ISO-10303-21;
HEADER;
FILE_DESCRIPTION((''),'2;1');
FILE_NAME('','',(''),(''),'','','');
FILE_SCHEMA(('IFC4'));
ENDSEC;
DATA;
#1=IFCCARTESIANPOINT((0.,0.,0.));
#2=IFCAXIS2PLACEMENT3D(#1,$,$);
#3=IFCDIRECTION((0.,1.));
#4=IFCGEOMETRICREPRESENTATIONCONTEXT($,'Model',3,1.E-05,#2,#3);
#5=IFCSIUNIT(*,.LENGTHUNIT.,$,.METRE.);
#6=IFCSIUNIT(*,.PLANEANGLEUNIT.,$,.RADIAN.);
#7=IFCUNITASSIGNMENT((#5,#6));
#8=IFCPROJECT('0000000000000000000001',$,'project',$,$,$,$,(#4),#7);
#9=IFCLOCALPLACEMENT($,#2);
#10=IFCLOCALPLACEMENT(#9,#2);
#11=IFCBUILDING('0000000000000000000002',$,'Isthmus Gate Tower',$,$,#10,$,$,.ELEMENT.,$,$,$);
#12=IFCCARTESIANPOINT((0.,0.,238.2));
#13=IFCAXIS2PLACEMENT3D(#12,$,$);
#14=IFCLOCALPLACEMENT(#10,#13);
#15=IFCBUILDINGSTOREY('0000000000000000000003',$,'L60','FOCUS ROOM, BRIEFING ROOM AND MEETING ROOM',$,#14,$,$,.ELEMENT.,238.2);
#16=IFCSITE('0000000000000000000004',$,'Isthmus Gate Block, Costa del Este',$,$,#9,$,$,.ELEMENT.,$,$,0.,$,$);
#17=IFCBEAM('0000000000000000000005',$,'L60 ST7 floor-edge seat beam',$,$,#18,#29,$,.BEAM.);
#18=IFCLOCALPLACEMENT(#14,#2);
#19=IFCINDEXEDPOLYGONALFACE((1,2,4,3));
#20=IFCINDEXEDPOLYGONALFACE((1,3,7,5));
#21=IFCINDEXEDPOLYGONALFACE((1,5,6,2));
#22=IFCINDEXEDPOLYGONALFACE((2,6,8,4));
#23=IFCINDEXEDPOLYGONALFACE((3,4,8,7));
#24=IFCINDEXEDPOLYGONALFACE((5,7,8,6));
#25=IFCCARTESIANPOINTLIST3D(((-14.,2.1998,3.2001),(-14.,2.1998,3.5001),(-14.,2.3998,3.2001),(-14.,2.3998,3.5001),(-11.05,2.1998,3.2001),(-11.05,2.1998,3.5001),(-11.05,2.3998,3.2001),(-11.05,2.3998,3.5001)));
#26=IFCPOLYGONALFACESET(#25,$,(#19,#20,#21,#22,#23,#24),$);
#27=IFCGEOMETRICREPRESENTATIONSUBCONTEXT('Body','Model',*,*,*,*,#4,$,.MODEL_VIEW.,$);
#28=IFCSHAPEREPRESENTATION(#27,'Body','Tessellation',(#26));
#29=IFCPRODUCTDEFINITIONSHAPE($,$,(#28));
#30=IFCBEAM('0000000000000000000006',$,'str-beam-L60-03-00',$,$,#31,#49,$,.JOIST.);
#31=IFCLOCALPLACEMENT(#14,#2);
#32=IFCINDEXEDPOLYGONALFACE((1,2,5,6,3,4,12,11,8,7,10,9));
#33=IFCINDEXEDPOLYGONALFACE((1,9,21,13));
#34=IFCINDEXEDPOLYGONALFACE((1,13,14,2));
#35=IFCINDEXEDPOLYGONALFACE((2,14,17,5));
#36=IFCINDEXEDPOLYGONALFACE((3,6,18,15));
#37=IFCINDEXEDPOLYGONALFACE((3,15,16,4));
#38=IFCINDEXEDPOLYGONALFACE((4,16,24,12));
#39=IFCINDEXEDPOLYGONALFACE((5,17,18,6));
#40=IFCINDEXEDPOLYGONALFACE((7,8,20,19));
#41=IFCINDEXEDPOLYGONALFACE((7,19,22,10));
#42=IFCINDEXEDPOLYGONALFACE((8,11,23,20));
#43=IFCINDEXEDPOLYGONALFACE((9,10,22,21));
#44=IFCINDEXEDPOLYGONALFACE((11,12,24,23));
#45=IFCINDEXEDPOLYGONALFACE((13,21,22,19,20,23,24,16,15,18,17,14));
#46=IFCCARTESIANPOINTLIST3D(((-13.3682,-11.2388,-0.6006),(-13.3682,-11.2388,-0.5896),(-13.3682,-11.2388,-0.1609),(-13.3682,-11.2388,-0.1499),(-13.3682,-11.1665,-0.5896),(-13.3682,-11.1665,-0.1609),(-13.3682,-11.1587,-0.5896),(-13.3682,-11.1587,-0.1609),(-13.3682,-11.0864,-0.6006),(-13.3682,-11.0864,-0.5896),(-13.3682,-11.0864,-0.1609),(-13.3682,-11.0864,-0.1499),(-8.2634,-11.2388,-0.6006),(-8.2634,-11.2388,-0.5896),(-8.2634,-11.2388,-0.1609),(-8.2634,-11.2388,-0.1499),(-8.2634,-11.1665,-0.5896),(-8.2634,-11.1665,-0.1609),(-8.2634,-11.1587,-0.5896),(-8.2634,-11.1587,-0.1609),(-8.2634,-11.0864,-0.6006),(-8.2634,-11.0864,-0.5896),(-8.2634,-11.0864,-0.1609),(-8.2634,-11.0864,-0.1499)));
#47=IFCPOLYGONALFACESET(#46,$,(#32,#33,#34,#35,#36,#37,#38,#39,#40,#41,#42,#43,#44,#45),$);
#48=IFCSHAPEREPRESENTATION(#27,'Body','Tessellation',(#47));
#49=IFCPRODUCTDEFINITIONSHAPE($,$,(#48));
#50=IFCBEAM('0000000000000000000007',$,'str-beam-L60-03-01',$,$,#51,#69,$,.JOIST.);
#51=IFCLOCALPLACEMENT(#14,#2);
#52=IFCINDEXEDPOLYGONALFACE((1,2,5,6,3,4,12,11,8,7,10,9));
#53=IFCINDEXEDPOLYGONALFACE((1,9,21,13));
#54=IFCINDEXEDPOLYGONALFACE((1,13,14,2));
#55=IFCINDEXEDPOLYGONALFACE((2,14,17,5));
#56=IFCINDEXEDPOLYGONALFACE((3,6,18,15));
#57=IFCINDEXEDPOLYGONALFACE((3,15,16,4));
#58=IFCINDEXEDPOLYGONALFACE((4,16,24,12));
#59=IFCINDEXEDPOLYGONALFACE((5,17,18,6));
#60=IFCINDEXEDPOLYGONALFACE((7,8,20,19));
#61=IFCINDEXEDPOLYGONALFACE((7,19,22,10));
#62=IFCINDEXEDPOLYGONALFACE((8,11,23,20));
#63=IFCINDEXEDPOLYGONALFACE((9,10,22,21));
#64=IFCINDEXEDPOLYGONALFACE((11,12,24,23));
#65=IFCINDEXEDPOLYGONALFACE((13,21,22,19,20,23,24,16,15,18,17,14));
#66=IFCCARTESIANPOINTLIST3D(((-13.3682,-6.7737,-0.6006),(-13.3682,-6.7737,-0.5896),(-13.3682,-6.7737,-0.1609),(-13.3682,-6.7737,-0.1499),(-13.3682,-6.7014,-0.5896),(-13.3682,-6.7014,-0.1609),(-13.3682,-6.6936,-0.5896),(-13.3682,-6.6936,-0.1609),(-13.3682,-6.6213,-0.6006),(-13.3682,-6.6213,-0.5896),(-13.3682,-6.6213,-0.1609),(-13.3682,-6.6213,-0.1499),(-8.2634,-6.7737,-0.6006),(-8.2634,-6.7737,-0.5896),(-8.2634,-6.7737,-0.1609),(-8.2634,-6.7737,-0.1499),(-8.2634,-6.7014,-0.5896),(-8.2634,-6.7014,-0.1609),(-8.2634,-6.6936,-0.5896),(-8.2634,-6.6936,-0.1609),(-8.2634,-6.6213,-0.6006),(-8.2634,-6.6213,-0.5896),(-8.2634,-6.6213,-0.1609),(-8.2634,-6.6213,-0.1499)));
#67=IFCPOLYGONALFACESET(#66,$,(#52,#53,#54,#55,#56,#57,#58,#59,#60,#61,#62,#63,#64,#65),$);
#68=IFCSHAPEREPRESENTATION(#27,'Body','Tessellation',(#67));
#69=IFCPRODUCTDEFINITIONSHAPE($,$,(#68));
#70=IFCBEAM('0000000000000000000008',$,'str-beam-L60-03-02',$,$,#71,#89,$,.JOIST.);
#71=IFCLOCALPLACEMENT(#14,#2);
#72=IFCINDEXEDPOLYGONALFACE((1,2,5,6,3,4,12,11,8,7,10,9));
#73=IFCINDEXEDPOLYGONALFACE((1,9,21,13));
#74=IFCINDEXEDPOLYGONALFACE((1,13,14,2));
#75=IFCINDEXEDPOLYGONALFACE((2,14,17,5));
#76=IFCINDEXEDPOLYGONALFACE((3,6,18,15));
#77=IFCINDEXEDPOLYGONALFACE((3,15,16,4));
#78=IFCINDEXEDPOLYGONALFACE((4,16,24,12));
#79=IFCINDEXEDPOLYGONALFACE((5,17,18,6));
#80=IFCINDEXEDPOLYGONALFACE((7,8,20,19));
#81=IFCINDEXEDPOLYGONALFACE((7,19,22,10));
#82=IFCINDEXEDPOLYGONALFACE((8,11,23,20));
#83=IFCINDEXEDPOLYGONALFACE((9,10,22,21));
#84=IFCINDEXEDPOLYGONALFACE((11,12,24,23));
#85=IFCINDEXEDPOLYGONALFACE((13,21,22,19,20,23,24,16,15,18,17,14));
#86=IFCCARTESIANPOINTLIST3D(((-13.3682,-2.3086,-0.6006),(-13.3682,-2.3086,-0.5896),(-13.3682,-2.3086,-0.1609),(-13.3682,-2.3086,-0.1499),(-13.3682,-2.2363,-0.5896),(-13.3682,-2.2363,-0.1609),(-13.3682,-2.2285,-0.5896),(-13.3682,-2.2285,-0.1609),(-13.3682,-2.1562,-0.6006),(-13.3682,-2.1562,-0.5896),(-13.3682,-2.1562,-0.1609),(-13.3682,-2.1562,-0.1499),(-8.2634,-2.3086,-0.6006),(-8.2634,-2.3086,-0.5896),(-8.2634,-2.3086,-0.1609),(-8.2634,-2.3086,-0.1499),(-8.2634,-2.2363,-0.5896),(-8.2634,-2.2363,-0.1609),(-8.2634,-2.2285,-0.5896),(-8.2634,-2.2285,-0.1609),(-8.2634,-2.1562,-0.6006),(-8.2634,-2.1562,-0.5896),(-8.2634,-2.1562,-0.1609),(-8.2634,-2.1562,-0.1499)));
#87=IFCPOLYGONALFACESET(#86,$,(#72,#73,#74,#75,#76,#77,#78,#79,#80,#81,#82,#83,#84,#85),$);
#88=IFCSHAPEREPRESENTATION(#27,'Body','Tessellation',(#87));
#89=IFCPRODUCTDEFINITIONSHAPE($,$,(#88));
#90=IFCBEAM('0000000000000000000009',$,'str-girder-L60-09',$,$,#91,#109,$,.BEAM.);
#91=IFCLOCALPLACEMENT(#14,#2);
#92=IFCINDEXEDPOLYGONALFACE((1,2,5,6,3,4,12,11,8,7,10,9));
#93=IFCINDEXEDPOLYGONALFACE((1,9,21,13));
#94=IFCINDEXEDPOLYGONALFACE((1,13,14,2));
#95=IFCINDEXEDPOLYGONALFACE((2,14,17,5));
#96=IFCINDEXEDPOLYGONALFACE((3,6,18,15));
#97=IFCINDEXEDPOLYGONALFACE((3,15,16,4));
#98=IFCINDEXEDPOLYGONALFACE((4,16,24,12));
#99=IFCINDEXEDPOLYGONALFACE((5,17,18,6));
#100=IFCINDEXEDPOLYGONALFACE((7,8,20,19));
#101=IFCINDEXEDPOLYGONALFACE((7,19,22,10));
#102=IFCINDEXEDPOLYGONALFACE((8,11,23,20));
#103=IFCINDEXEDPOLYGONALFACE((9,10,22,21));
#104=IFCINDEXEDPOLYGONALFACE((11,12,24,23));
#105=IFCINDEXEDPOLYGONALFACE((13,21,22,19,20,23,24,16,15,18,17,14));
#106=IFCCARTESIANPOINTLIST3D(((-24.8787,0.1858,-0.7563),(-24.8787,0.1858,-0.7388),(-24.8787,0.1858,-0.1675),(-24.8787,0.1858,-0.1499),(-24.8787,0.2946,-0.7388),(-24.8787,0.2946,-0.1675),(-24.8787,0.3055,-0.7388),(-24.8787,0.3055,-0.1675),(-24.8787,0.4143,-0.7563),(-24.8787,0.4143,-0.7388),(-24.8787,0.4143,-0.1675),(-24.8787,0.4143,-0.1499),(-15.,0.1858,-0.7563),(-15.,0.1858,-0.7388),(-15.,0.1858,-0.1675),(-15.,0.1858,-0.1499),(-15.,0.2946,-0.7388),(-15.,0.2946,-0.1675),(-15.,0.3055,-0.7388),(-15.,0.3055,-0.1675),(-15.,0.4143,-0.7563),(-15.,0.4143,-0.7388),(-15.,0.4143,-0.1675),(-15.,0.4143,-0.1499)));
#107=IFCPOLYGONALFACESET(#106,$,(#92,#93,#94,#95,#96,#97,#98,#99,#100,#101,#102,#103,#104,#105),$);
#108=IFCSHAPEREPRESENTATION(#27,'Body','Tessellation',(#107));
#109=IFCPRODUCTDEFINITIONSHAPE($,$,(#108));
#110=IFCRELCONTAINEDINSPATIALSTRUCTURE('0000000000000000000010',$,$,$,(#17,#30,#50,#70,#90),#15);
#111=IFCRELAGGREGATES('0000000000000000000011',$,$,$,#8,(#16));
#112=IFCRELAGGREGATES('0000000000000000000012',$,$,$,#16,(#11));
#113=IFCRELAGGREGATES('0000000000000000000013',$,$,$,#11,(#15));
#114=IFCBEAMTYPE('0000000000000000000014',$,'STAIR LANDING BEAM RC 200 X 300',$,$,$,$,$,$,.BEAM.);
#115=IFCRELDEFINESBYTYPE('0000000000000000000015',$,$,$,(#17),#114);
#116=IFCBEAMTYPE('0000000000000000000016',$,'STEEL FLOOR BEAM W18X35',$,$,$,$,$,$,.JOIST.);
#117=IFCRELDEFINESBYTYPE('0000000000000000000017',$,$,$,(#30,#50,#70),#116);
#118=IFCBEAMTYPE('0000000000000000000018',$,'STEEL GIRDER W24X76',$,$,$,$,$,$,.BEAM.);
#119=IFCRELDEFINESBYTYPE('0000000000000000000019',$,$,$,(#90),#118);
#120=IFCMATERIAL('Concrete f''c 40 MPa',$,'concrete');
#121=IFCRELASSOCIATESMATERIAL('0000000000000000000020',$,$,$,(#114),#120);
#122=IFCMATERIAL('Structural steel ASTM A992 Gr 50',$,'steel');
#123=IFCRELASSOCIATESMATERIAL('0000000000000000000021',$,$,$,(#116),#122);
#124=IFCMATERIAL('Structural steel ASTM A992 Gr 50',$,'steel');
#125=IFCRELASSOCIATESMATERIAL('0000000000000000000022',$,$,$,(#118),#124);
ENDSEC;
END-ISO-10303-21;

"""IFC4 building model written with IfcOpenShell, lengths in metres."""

from ifc_helpers import new_model, si_unit, direction, frame, origin, origin_2d, place, context, subcontext, project, spatial, rectangle, i_section, extrude, material, material_profile, profile_set, type_object, element, save


model = new_model("IFC4")

# Units and contexts
model_context = context("Model", 3, precision=1e-05, world=origin(), true_north=direction((0.0, 1.0)))
body_context = subcontext(model_context, "Body", "Model", "MODEL_VIEW")
ifc_project = project(units=[si_unit("LENGTHUNIT", "METRE"), si_unit("PLANEANGLEUNIT", "RADIAN")], contexts=[model_context])

# Site, building, storey
site_placement = place(None, origin())
site = spatial("IfcSite", under=ifc_project, at=site_placement, Name="Isthmus Gate Block, Costa del Este", CompositionType="ELEMENT", RefElevation=0.0)
building_placement = place(site_placement, origin())
building = spatial("IfcBuilding", under=site, at=building_placement, Name="Isthmus Gate Tower", CompositionType="ELEMENT")
storey_placement = place(building_placement, frame((0.0, 0.0, 238.2)))
storey = spatial("IfcBuildingStorey", under=building, at=storey_placement, Name="L60", Description="FOCUS ROOM, BRIEFING ROOM AND MEETING ROOM", CompositionType="ELEMENT", Elevation=238.2)

# Beams
ifc_material_1 = material(Name="Concrete f'c 40 MPa", Category="concrete")
ifc_material_profile_1 = material_profile(ifc_material_1, rectangle(XDim=0.2, YDim=0.3, at=origin_2d()), Name="STAIR LANDING BEAM RC 200 X 300")
ifc_profile_set_1 = profile_set([ifc_material_profile_1], Name="Concrete f'c 40 MPa")
beam_type_1 = type_object("IfcBeamType", Name="STAIR LANDING BEAM RC 200 X 300", PredefinedType="BEAM", material=ifc_profile_set_1)
beam_1_placement = place(storey_placement, frame((-14.0, 2.2998, 3.3501), z_axis=(1.0, 0.0, 0.0), x_axis=(0.0, 1.0, 0.0)))
element("IfcBeam", 1, at=beam_1_placement, inside=storey, type_object=beam_type_1, Name="L60 ST7 floor-edge seat beam", PredefinedType="BEAM", context=body_context, shape_type="SweptSolid", body=[
    extrude(rectangle(XDim=0.2, YDim=0.3, at=origin_2d()), origin(), (0.0, 0.0, 1.0), 2.95),
])
ifc_material_2 = material(Name="Structural steel ASTM A992 Gr 50", Category="steel")
ifc_material_profile_2 = material_profile(ifc_material_2, i_section(OverallWidth=0.1523, OverallDepth=0.4507, WebThickness=0.0078, FlangeThickness=0.011, at=origin_2d()), Name="W18X35")
ifc_profile_set_2 = profile_set([ifc_material_profile_2], Name="Structural steel ASTM A992 Gr 50")
beam_type_2 = type_object("IfcBeamType", Name="STEEL FLOOR BEAM W18X35", PredefinedType="JOIST", material=ifc_profile_set_2)
for number, where, z_axis, x_axis, name in (
    (2, (-13.3682, -11.1626, -0.3752), (1.0, 0.0, 0.0), (0.0, 1.0, 0.0), "str-beam-L60-03-00"),
    (3, (-13.3682, -6.6975, -0.3752), (1.0, 0.0, 0.0), (0.0, 1.0, 0.0), "str-beam-L60-03-01"),
    (4, (-13.3682, -2.2324, -0.3752), (1.0, 0.0, 0.0), (0.0, 1.0, 0.0), "str-beam-L60-03-02"),
):
    element("IfcBeam", number, at=place(storey_placement, frame(where, z_axis=z_axis, x_axis=x_axis)), inside=storey, type_object=beam_type_2, Name=name, PredefinedType="JOIST", context=body_context, shape_type="SweptSolid", body=[
        extrude(i_section(OverallWidth=0.1523, OverallDepth=0.4507, WebThickness=0.0078, FlangeThickness=0.011, at=origin_2d()), origin(), (0.0, 0.0, 1.0), 5.1047),
    ])
ifc_material_3 = material(Name="Structural steel ASTM A992 Gr 50", Category="steel")
ifc_material_profile_3 = material_profile(ifc_material_3, i_section(OverallWidth=0.2285, OverallDepth=0.6064, WebThickness=0.011, FlangeThickness=0.0176, at=origin_2d()), Name="W24X76")
ifc_profile_set_3 = profile_set([ifc_material_profile_3], Name="Structural steel ASTM A992 Gr 50")
beam_type_3 = type_object("IfcBeamType", Name="STEEL GIRDER W24X76", PredefinedType="BEAM", material=ifc_profile_set_3)
beam_2_placement = place(storey_placement, frame((-15.0, 0.3, -0.4531), z_axis=(-1.0, 0.0, 0.0), x_axis=(0.0, -1.0, 0.0)))
element("IfcBeam", 5, at=beam_2_placement, inside=storey, type_object=beam_type_3, Name="str-girder-L60-09", PredefinedType="BEAM", context=body_context, shape_type="SweptSolid", body=[
    extrude(i_section(OverallWidth=0.2285, OverallDepth=0.6064, WebThickness=0.011, FlangeThickness=0.0176, at=origin_2d()), origin(), (0.0, 0.0, 1.0), 9.8787),
])

save(model, "model.ifc")
